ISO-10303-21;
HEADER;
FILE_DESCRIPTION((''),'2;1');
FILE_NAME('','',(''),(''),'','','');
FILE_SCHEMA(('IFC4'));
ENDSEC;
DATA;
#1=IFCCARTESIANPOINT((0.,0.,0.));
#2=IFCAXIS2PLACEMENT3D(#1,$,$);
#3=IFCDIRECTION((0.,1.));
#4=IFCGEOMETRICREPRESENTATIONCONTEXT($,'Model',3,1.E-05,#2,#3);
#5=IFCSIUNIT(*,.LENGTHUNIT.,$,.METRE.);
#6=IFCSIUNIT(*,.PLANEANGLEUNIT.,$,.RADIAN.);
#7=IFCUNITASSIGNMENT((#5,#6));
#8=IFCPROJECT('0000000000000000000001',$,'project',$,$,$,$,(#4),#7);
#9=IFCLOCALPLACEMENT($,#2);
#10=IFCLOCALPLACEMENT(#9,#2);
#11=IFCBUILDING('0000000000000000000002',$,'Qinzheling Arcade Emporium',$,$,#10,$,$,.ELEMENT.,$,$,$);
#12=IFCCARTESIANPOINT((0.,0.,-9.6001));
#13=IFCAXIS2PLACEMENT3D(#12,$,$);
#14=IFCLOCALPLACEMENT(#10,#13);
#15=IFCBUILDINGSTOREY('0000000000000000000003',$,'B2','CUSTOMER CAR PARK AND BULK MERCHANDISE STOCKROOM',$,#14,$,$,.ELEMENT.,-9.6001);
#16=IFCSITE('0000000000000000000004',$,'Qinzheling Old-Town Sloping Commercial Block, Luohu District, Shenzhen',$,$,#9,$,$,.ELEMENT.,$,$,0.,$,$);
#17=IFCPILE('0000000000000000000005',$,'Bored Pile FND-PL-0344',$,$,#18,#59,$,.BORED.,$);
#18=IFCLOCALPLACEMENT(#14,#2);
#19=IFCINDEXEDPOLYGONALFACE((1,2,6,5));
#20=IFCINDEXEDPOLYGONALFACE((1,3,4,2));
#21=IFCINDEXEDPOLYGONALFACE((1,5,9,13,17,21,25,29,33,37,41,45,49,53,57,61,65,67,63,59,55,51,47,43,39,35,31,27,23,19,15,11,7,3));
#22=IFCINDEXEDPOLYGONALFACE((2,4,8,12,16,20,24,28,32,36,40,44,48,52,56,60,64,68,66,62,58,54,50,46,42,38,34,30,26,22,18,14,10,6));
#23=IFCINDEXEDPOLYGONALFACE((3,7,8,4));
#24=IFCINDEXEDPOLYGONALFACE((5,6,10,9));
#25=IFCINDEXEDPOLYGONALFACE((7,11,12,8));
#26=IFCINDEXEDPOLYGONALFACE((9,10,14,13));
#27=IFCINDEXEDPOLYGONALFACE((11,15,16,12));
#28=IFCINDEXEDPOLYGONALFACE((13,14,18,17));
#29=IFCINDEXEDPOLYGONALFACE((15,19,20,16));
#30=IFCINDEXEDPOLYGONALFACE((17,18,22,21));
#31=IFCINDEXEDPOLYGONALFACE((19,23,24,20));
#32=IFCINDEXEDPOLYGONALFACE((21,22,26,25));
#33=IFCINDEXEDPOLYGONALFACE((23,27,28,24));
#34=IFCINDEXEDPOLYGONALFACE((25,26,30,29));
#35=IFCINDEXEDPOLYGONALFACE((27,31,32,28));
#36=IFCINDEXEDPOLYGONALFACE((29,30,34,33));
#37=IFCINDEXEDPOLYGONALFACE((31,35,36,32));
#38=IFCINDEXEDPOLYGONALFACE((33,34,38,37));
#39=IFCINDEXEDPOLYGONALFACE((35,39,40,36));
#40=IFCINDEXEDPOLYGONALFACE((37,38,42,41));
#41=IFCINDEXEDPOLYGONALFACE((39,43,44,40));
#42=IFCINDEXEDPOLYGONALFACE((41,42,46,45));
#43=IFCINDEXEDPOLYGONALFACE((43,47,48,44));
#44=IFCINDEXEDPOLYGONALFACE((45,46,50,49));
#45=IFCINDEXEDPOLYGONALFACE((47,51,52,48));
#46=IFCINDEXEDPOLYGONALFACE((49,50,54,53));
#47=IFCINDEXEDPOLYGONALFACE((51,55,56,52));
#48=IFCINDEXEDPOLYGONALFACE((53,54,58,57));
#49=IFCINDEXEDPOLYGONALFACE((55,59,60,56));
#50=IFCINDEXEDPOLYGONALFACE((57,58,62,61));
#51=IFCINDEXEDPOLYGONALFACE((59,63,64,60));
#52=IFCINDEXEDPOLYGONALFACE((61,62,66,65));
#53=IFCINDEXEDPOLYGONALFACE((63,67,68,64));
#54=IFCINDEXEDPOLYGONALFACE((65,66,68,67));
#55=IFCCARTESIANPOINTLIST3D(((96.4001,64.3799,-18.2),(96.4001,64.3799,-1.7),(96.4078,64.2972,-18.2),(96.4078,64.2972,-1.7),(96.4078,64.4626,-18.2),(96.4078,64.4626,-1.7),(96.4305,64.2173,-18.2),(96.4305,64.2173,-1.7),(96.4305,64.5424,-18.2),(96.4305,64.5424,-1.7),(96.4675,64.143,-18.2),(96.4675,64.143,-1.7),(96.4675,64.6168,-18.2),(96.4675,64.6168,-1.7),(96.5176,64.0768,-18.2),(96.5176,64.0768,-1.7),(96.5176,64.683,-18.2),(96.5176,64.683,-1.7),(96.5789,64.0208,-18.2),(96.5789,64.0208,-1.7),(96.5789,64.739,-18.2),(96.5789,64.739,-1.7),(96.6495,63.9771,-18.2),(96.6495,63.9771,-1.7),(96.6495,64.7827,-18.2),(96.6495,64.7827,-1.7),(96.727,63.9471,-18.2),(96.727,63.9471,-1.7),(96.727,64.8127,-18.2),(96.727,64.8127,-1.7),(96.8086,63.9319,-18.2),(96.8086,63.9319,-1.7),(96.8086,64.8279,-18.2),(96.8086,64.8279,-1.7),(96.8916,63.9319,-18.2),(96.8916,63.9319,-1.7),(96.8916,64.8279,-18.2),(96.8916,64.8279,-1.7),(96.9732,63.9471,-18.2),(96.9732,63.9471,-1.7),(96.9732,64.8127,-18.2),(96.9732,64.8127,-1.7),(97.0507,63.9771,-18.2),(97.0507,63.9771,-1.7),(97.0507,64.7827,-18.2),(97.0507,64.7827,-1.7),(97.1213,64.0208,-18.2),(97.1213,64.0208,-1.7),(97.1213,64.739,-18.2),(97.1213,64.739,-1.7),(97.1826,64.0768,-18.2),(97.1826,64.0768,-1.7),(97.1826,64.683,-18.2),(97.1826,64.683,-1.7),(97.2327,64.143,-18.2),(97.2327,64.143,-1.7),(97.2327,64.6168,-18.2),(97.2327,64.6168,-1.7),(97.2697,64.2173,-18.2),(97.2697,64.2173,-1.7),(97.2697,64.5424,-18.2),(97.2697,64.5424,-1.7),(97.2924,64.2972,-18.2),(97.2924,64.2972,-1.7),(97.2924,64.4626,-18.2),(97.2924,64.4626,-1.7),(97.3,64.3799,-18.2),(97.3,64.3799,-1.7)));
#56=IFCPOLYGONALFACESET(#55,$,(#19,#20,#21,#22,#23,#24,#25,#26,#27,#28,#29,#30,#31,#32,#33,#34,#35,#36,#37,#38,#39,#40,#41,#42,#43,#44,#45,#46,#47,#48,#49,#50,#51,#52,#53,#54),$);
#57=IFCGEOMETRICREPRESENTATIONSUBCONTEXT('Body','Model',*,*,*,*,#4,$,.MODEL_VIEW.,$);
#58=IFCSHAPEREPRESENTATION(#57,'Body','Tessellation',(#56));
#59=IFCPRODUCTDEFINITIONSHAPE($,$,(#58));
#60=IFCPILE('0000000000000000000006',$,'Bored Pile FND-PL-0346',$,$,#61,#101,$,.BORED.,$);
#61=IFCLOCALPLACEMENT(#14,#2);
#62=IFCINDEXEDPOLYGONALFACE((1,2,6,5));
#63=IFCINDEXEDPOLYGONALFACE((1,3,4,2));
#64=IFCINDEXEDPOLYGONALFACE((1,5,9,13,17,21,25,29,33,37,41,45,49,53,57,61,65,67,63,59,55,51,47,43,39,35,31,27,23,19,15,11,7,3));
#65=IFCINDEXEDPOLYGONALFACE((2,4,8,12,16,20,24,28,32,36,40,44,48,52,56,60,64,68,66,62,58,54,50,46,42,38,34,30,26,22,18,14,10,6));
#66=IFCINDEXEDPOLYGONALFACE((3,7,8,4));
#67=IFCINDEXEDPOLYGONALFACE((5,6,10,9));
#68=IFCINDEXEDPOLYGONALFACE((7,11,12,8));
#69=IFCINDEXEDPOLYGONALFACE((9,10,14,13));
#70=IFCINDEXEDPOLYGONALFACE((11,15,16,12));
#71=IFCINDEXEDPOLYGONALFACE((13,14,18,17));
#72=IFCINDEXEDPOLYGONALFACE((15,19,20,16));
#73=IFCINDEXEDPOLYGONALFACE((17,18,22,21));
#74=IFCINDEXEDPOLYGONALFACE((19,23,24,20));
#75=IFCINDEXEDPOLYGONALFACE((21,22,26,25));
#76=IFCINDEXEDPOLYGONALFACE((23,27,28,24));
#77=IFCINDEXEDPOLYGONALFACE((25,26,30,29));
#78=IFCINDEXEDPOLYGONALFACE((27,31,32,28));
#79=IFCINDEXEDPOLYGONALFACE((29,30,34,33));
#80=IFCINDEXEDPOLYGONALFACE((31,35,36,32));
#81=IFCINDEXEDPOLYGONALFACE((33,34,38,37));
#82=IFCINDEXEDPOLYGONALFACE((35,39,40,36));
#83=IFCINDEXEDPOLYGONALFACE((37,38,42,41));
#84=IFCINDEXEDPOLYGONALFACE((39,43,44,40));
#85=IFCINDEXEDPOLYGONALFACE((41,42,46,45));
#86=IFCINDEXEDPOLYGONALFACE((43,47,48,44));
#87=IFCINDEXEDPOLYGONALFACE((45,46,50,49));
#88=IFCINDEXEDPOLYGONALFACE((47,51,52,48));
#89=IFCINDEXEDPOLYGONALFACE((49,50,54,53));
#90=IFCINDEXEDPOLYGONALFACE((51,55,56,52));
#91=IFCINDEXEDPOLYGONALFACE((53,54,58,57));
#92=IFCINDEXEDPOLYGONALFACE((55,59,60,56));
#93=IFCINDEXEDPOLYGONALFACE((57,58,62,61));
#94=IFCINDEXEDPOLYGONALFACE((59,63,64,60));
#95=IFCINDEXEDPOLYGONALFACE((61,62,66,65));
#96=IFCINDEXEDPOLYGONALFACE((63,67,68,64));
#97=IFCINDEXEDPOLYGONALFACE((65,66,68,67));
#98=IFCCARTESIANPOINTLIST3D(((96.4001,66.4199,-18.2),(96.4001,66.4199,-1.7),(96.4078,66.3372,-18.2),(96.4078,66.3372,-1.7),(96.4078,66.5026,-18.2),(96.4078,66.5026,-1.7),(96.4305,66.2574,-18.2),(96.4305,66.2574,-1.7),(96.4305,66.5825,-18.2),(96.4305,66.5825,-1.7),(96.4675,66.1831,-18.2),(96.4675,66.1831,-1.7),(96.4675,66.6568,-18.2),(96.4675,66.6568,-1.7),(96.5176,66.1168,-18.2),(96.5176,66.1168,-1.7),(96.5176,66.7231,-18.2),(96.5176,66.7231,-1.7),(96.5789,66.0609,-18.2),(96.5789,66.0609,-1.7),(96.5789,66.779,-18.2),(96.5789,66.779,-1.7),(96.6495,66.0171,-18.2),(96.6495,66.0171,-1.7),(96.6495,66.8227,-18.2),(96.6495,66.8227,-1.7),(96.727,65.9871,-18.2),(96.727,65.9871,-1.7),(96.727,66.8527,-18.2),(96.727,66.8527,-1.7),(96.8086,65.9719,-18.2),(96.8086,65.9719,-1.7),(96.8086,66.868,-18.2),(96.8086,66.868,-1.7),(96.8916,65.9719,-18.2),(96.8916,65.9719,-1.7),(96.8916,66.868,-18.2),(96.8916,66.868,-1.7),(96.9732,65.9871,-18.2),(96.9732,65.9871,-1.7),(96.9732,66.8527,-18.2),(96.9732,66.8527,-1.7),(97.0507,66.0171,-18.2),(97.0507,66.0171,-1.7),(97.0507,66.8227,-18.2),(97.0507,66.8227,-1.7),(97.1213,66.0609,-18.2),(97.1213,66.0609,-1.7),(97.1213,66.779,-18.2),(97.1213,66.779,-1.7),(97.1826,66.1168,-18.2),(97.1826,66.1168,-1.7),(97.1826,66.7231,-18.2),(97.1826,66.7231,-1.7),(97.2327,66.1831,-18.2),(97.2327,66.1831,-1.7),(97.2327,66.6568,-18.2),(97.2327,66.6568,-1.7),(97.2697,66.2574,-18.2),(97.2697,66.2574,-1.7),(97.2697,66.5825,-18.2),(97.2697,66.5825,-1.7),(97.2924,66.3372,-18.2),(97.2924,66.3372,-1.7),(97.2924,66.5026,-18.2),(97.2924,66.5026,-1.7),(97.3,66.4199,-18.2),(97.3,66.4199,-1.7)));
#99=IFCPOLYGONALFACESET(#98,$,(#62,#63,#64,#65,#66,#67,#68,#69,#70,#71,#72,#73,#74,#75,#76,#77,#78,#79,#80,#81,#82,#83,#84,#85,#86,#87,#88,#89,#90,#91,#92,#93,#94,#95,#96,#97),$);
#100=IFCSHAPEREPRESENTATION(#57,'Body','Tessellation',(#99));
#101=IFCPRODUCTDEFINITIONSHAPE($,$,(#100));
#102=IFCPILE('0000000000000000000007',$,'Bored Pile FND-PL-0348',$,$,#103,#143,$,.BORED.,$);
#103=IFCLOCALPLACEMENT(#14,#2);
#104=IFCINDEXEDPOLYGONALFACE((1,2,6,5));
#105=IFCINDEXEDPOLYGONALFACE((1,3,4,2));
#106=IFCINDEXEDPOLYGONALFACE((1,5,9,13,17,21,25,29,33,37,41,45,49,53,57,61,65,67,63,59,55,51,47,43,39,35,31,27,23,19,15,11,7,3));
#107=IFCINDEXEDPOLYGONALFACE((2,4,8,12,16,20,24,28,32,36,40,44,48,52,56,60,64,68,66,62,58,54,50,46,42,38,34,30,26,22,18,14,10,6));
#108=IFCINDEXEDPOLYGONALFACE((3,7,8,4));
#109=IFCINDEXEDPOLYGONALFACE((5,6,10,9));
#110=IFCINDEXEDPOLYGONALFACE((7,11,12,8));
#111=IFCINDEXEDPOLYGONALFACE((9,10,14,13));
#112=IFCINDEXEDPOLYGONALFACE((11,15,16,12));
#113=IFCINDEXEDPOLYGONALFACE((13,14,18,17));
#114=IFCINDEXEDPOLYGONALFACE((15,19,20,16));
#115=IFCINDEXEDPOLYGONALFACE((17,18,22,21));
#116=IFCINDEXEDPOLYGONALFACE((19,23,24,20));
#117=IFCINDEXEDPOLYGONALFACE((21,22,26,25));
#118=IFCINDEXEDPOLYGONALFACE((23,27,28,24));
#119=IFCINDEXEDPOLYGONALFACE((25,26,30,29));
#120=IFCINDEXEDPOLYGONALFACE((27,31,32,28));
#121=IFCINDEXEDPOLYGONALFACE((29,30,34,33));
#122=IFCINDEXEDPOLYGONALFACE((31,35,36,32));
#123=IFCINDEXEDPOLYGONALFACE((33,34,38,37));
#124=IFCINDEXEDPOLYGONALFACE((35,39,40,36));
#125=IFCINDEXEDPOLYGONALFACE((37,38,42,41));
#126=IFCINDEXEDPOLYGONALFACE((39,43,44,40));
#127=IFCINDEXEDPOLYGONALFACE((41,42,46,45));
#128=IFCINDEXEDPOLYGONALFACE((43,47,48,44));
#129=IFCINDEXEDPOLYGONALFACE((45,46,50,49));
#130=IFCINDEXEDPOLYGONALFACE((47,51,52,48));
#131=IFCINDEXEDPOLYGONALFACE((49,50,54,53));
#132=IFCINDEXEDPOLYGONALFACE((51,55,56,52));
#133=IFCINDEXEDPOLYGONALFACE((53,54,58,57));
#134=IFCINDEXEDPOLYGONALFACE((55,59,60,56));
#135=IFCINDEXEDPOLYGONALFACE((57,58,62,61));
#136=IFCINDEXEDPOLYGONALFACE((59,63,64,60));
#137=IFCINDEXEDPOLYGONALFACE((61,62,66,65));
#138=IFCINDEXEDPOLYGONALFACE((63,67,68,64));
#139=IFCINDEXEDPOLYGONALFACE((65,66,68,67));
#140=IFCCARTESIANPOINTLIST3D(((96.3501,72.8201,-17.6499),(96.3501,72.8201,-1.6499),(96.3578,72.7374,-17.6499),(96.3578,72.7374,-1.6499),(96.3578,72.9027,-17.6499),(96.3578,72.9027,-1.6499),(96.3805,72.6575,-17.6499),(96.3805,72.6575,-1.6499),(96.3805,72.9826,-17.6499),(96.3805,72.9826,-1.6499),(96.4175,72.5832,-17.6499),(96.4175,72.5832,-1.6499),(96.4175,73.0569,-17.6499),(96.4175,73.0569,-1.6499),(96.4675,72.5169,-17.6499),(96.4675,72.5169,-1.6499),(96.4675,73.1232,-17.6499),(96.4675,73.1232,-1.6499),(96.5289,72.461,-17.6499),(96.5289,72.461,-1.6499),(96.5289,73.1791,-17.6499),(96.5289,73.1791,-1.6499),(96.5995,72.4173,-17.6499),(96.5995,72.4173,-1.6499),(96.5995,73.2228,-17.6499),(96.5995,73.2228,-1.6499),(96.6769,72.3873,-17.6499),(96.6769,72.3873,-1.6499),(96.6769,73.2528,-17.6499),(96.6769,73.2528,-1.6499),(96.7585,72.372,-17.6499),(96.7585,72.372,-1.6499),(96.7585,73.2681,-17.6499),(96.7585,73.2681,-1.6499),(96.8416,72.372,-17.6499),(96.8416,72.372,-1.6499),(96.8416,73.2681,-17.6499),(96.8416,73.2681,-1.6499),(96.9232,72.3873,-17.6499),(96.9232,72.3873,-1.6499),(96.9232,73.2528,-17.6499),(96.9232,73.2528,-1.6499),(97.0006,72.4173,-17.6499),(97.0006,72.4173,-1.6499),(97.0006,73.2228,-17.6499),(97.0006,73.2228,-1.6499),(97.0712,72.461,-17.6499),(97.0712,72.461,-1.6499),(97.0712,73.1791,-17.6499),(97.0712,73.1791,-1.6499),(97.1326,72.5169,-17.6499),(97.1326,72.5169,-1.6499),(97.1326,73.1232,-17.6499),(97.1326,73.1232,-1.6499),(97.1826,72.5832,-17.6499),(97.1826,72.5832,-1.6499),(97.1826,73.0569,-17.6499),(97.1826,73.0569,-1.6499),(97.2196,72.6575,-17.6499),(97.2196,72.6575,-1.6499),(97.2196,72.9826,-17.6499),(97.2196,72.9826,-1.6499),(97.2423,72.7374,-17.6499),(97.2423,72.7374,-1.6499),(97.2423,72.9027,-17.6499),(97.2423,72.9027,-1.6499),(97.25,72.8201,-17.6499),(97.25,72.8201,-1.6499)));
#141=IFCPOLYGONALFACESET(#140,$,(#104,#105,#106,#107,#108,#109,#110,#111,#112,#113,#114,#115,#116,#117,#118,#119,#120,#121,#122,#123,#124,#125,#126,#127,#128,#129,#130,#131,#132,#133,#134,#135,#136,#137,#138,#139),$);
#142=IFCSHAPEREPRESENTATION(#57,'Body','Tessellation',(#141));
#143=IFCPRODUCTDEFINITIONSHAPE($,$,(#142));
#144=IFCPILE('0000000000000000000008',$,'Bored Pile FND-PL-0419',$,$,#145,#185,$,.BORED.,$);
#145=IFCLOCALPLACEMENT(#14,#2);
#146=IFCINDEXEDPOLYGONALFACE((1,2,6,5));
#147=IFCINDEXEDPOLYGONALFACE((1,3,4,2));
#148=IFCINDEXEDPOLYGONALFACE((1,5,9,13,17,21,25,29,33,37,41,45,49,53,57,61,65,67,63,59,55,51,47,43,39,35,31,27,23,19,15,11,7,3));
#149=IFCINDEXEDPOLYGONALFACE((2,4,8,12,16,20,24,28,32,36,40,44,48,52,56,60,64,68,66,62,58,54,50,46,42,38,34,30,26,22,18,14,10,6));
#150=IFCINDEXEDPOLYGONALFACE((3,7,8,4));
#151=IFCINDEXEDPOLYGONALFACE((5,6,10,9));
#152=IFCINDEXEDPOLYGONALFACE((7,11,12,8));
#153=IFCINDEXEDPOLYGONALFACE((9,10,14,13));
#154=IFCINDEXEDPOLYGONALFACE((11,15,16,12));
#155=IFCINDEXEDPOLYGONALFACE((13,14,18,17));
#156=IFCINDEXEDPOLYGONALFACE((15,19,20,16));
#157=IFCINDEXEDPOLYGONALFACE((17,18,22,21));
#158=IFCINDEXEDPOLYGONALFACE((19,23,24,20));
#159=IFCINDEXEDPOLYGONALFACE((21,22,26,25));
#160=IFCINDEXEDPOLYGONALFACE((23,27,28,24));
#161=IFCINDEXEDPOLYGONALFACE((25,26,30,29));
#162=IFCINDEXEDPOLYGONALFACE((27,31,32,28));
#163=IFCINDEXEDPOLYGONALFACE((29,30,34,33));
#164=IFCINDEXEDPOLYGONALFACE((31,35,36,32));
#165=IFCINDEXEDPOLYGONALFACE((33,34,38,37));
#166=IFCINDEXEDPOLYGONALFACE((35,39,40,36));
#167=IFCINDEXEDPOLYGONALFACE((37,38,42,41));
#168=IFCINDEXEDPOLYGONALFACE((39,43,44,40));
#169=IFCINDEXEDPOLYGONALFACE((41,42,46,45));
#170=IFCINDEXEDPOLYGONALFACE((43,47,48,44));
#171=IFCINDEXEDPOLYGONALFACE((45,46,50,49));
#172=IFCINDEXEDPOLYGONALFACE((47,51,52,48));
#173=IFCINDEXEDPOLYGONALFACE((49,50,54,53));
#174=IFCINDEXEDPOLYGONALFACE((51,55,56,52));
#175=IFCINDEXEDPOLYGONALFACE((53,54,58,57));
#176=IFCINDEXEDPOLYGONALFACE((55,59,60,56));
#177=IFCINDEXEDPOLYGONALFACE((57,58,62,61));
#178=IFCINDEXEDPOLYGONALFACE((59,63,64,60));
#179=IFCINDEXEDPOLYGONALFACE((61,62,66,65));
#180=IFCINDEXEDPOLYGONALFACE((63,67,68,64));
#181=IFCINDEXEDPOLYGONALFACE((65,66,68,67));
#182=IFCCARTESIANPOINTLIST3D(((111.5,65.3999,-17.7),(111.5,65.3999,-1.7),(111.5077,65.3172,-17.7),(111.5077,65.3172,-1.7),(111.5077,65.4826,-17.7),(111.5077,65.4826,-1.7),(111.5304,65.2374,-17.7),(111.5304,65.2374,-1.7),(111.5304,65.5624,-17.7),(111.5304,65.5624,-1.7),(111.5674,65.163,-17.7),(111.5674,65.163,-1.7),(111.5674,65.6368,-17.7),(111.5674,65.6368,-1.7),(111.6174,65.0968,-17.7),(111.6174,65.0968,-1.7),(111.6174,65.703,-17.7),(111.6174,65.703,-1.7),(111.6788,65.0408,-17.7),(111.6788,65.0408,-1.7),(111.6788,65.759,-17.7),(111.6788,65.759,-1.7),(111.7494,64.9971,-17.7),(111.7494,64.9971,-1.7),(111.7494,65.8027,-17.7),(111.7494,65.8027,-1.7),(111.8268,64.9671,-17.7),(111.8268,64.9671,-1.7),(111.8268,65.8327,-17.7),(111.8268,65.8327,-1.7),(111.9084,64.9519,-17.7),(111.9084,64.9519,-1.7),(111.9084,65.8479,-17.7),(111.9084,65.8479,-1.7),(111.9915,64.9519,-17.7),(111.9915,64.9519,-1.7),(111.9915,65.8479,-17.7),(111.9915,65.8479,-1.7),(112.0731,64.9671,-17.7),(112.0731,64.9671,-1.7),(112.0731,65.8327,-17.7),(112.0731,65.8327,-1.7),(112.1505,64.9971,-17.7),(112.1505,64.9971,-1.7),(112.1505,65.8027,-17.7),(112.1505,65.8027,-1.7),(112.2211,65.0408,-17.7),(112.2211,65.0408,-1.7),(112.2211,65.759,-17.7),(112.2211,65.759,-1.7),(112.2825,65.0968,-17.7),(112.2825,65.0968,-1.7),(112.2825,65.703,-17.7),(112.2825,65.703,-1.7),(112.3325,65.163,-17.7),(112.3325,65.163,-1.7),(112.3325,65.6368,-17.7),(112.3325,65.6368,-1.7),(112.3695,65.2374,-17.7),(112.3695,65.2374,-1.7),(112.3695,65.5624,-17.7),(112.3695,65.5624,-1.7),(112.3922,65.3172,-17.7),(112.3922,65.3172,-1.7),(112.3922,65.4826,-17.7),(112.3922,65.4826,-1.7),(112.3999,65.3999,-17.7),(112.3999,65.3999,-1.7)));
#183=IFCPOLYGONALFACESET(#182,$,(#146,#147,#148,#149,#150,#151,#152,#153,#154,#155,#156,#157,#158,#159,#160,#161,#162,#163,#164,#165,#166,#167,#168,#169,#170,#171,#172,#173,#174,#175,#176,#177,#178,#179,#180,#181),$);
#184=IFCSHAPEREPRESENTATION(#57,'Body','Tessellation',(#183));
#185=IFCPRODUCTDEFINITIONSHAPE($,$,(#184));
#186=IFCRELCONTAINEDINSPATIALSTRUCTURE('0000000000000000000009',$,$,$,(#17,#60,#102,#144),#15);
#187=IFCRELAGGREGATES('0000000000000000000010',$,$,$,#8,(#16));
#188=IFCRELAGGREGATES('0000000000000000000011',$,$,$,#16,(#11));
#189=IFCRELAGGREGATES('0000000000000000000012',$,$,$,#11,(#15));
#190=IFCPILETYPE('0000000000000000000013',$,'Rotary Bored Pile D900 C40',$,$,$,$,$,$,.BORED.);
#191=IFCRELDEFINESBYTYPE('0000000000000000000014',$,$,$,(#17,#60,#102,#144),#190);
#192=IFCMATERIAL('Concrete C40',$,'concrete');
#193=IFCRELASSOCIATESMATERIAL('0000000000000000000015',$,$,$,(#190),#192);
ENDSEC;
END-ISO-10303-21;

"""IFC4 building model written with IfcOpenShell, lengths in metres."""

from ifc_helpers import new_model, si_unit, direction, frame, origin, origin_2d, place, context, subcontext, project, spatial, circle, extrude, material, material_profile, profile_set, type_object, element, save


model = new_model("IFC4")

# Units and contexts
model_context = context("Model", 3, precision=1e-05, world=origin(), true_north=direction((0.0, 1.0)))
body_context = subcontext(model_context, "Body", "Model", "MODEL_VIEW")
ifc_project = project(units=[si_unit("LENGTHUNIT", "METRE"), si_unit("PLANEANGLEUNIT", "RADIAN")], contexts=[model_context])

# Site, building, storey
site_placement = place(None, origin())
site = spatial("IfcSite", under=ifc_project, at=site_placement, Name="Qinzheling Old-Town Sloping Commercial Block, Luohu District, Shenzhen", CompositionType="ELEMENT", RefElevation=0.0)
building_placement = place(site_placement, origin())
building = spatial("IfcBuilding", under=site, at=building_placement, Name="Qinzheling Arcade Emporium", CompositionType="ELEMENT")
storey_placement = place(building_placement, frame((0.0, 0.0, -9.6001)))
storey = spatial("IfcBuildingStorey", under=building, at=storey_placement, Name="B2", Description="CUSTOMER CAR PARK AND BULK MERCHANDISE STOCKROOM", CompositionType="ELEMENT", Elevation=-9.6001)

# Shared definitions
ifc_material_1 = material(Name="Concrete C40", Category="concrete")

# Piles
ifc_material_profile_1 = material_profile(ifc_material_1, circle(Radius=0.45, at=origin_2d()), Name="BORED D900", Category="concrete")
ifc_profile_set_1 = profile_set([ifc_material_profile_1], Name="Concrete C40")
pile_type_1 = type_object("IfcPileType", Name="Rotary Bored Pile D900 C40", PredefinedType="BORED", material=ifc_profile_set_1)
for number, where, z_axis, x_axis, name in (
    (1, (96.8501, 64.3799, -1.7), (0.0, 0.0, -1.0), (1.0, 0.0, 0.0), "Bored Pile FND-PL-0344"),
    (2, (96.8501, 66.4199, -1.7), (0.0, 0.0, -1.0), (1.0, 0.0, 0.0), "Bored Pile FND-PL-0346"),
):
    element("IfcPile", number, at=place(storey_placement, frame(where, z_axis=z_axis, x_axis=x_axis)), inside=storey, type_object=pile_type_1, Name=name, PredefinedType="BORED", context=body_context, shape_type="SweptSolid", body=[
        extrude(circle(Radius=0.45, at=origin_2d()), origin(), (0.0, 0.0, 1.0), 16.5),
    ])
for number, where, z_axis, x_axis, name in (
    (3, (96.8, 72.8201, -1.6499), (0.0, 0.0, -1.0), (1.0, 0.0, 0.0), "Bored Pile FND-PL-0348"),
    (4, (111.95, 65.3999, -1.7), (0.0, 0.0, -1.0), (1.0, 0.0, 0.0), "Bored Pile FND-PL-0419"),
):
    element("IfcPile", number, at=place(storey_placement, frame(where, z_axis=z_axis, x_axis=x_axis)), inside=storey, type_object=pile_type_1, Name=name, PredefinedType="BORED", context=body_context, shape_type="SweptSolid", body=[
        extrude(circle(Radius=0.45, at=origin_2d()), origin(), (0.0, 0.0, 1.0), 16.0),
    ])

save(model, "model.ifc")
